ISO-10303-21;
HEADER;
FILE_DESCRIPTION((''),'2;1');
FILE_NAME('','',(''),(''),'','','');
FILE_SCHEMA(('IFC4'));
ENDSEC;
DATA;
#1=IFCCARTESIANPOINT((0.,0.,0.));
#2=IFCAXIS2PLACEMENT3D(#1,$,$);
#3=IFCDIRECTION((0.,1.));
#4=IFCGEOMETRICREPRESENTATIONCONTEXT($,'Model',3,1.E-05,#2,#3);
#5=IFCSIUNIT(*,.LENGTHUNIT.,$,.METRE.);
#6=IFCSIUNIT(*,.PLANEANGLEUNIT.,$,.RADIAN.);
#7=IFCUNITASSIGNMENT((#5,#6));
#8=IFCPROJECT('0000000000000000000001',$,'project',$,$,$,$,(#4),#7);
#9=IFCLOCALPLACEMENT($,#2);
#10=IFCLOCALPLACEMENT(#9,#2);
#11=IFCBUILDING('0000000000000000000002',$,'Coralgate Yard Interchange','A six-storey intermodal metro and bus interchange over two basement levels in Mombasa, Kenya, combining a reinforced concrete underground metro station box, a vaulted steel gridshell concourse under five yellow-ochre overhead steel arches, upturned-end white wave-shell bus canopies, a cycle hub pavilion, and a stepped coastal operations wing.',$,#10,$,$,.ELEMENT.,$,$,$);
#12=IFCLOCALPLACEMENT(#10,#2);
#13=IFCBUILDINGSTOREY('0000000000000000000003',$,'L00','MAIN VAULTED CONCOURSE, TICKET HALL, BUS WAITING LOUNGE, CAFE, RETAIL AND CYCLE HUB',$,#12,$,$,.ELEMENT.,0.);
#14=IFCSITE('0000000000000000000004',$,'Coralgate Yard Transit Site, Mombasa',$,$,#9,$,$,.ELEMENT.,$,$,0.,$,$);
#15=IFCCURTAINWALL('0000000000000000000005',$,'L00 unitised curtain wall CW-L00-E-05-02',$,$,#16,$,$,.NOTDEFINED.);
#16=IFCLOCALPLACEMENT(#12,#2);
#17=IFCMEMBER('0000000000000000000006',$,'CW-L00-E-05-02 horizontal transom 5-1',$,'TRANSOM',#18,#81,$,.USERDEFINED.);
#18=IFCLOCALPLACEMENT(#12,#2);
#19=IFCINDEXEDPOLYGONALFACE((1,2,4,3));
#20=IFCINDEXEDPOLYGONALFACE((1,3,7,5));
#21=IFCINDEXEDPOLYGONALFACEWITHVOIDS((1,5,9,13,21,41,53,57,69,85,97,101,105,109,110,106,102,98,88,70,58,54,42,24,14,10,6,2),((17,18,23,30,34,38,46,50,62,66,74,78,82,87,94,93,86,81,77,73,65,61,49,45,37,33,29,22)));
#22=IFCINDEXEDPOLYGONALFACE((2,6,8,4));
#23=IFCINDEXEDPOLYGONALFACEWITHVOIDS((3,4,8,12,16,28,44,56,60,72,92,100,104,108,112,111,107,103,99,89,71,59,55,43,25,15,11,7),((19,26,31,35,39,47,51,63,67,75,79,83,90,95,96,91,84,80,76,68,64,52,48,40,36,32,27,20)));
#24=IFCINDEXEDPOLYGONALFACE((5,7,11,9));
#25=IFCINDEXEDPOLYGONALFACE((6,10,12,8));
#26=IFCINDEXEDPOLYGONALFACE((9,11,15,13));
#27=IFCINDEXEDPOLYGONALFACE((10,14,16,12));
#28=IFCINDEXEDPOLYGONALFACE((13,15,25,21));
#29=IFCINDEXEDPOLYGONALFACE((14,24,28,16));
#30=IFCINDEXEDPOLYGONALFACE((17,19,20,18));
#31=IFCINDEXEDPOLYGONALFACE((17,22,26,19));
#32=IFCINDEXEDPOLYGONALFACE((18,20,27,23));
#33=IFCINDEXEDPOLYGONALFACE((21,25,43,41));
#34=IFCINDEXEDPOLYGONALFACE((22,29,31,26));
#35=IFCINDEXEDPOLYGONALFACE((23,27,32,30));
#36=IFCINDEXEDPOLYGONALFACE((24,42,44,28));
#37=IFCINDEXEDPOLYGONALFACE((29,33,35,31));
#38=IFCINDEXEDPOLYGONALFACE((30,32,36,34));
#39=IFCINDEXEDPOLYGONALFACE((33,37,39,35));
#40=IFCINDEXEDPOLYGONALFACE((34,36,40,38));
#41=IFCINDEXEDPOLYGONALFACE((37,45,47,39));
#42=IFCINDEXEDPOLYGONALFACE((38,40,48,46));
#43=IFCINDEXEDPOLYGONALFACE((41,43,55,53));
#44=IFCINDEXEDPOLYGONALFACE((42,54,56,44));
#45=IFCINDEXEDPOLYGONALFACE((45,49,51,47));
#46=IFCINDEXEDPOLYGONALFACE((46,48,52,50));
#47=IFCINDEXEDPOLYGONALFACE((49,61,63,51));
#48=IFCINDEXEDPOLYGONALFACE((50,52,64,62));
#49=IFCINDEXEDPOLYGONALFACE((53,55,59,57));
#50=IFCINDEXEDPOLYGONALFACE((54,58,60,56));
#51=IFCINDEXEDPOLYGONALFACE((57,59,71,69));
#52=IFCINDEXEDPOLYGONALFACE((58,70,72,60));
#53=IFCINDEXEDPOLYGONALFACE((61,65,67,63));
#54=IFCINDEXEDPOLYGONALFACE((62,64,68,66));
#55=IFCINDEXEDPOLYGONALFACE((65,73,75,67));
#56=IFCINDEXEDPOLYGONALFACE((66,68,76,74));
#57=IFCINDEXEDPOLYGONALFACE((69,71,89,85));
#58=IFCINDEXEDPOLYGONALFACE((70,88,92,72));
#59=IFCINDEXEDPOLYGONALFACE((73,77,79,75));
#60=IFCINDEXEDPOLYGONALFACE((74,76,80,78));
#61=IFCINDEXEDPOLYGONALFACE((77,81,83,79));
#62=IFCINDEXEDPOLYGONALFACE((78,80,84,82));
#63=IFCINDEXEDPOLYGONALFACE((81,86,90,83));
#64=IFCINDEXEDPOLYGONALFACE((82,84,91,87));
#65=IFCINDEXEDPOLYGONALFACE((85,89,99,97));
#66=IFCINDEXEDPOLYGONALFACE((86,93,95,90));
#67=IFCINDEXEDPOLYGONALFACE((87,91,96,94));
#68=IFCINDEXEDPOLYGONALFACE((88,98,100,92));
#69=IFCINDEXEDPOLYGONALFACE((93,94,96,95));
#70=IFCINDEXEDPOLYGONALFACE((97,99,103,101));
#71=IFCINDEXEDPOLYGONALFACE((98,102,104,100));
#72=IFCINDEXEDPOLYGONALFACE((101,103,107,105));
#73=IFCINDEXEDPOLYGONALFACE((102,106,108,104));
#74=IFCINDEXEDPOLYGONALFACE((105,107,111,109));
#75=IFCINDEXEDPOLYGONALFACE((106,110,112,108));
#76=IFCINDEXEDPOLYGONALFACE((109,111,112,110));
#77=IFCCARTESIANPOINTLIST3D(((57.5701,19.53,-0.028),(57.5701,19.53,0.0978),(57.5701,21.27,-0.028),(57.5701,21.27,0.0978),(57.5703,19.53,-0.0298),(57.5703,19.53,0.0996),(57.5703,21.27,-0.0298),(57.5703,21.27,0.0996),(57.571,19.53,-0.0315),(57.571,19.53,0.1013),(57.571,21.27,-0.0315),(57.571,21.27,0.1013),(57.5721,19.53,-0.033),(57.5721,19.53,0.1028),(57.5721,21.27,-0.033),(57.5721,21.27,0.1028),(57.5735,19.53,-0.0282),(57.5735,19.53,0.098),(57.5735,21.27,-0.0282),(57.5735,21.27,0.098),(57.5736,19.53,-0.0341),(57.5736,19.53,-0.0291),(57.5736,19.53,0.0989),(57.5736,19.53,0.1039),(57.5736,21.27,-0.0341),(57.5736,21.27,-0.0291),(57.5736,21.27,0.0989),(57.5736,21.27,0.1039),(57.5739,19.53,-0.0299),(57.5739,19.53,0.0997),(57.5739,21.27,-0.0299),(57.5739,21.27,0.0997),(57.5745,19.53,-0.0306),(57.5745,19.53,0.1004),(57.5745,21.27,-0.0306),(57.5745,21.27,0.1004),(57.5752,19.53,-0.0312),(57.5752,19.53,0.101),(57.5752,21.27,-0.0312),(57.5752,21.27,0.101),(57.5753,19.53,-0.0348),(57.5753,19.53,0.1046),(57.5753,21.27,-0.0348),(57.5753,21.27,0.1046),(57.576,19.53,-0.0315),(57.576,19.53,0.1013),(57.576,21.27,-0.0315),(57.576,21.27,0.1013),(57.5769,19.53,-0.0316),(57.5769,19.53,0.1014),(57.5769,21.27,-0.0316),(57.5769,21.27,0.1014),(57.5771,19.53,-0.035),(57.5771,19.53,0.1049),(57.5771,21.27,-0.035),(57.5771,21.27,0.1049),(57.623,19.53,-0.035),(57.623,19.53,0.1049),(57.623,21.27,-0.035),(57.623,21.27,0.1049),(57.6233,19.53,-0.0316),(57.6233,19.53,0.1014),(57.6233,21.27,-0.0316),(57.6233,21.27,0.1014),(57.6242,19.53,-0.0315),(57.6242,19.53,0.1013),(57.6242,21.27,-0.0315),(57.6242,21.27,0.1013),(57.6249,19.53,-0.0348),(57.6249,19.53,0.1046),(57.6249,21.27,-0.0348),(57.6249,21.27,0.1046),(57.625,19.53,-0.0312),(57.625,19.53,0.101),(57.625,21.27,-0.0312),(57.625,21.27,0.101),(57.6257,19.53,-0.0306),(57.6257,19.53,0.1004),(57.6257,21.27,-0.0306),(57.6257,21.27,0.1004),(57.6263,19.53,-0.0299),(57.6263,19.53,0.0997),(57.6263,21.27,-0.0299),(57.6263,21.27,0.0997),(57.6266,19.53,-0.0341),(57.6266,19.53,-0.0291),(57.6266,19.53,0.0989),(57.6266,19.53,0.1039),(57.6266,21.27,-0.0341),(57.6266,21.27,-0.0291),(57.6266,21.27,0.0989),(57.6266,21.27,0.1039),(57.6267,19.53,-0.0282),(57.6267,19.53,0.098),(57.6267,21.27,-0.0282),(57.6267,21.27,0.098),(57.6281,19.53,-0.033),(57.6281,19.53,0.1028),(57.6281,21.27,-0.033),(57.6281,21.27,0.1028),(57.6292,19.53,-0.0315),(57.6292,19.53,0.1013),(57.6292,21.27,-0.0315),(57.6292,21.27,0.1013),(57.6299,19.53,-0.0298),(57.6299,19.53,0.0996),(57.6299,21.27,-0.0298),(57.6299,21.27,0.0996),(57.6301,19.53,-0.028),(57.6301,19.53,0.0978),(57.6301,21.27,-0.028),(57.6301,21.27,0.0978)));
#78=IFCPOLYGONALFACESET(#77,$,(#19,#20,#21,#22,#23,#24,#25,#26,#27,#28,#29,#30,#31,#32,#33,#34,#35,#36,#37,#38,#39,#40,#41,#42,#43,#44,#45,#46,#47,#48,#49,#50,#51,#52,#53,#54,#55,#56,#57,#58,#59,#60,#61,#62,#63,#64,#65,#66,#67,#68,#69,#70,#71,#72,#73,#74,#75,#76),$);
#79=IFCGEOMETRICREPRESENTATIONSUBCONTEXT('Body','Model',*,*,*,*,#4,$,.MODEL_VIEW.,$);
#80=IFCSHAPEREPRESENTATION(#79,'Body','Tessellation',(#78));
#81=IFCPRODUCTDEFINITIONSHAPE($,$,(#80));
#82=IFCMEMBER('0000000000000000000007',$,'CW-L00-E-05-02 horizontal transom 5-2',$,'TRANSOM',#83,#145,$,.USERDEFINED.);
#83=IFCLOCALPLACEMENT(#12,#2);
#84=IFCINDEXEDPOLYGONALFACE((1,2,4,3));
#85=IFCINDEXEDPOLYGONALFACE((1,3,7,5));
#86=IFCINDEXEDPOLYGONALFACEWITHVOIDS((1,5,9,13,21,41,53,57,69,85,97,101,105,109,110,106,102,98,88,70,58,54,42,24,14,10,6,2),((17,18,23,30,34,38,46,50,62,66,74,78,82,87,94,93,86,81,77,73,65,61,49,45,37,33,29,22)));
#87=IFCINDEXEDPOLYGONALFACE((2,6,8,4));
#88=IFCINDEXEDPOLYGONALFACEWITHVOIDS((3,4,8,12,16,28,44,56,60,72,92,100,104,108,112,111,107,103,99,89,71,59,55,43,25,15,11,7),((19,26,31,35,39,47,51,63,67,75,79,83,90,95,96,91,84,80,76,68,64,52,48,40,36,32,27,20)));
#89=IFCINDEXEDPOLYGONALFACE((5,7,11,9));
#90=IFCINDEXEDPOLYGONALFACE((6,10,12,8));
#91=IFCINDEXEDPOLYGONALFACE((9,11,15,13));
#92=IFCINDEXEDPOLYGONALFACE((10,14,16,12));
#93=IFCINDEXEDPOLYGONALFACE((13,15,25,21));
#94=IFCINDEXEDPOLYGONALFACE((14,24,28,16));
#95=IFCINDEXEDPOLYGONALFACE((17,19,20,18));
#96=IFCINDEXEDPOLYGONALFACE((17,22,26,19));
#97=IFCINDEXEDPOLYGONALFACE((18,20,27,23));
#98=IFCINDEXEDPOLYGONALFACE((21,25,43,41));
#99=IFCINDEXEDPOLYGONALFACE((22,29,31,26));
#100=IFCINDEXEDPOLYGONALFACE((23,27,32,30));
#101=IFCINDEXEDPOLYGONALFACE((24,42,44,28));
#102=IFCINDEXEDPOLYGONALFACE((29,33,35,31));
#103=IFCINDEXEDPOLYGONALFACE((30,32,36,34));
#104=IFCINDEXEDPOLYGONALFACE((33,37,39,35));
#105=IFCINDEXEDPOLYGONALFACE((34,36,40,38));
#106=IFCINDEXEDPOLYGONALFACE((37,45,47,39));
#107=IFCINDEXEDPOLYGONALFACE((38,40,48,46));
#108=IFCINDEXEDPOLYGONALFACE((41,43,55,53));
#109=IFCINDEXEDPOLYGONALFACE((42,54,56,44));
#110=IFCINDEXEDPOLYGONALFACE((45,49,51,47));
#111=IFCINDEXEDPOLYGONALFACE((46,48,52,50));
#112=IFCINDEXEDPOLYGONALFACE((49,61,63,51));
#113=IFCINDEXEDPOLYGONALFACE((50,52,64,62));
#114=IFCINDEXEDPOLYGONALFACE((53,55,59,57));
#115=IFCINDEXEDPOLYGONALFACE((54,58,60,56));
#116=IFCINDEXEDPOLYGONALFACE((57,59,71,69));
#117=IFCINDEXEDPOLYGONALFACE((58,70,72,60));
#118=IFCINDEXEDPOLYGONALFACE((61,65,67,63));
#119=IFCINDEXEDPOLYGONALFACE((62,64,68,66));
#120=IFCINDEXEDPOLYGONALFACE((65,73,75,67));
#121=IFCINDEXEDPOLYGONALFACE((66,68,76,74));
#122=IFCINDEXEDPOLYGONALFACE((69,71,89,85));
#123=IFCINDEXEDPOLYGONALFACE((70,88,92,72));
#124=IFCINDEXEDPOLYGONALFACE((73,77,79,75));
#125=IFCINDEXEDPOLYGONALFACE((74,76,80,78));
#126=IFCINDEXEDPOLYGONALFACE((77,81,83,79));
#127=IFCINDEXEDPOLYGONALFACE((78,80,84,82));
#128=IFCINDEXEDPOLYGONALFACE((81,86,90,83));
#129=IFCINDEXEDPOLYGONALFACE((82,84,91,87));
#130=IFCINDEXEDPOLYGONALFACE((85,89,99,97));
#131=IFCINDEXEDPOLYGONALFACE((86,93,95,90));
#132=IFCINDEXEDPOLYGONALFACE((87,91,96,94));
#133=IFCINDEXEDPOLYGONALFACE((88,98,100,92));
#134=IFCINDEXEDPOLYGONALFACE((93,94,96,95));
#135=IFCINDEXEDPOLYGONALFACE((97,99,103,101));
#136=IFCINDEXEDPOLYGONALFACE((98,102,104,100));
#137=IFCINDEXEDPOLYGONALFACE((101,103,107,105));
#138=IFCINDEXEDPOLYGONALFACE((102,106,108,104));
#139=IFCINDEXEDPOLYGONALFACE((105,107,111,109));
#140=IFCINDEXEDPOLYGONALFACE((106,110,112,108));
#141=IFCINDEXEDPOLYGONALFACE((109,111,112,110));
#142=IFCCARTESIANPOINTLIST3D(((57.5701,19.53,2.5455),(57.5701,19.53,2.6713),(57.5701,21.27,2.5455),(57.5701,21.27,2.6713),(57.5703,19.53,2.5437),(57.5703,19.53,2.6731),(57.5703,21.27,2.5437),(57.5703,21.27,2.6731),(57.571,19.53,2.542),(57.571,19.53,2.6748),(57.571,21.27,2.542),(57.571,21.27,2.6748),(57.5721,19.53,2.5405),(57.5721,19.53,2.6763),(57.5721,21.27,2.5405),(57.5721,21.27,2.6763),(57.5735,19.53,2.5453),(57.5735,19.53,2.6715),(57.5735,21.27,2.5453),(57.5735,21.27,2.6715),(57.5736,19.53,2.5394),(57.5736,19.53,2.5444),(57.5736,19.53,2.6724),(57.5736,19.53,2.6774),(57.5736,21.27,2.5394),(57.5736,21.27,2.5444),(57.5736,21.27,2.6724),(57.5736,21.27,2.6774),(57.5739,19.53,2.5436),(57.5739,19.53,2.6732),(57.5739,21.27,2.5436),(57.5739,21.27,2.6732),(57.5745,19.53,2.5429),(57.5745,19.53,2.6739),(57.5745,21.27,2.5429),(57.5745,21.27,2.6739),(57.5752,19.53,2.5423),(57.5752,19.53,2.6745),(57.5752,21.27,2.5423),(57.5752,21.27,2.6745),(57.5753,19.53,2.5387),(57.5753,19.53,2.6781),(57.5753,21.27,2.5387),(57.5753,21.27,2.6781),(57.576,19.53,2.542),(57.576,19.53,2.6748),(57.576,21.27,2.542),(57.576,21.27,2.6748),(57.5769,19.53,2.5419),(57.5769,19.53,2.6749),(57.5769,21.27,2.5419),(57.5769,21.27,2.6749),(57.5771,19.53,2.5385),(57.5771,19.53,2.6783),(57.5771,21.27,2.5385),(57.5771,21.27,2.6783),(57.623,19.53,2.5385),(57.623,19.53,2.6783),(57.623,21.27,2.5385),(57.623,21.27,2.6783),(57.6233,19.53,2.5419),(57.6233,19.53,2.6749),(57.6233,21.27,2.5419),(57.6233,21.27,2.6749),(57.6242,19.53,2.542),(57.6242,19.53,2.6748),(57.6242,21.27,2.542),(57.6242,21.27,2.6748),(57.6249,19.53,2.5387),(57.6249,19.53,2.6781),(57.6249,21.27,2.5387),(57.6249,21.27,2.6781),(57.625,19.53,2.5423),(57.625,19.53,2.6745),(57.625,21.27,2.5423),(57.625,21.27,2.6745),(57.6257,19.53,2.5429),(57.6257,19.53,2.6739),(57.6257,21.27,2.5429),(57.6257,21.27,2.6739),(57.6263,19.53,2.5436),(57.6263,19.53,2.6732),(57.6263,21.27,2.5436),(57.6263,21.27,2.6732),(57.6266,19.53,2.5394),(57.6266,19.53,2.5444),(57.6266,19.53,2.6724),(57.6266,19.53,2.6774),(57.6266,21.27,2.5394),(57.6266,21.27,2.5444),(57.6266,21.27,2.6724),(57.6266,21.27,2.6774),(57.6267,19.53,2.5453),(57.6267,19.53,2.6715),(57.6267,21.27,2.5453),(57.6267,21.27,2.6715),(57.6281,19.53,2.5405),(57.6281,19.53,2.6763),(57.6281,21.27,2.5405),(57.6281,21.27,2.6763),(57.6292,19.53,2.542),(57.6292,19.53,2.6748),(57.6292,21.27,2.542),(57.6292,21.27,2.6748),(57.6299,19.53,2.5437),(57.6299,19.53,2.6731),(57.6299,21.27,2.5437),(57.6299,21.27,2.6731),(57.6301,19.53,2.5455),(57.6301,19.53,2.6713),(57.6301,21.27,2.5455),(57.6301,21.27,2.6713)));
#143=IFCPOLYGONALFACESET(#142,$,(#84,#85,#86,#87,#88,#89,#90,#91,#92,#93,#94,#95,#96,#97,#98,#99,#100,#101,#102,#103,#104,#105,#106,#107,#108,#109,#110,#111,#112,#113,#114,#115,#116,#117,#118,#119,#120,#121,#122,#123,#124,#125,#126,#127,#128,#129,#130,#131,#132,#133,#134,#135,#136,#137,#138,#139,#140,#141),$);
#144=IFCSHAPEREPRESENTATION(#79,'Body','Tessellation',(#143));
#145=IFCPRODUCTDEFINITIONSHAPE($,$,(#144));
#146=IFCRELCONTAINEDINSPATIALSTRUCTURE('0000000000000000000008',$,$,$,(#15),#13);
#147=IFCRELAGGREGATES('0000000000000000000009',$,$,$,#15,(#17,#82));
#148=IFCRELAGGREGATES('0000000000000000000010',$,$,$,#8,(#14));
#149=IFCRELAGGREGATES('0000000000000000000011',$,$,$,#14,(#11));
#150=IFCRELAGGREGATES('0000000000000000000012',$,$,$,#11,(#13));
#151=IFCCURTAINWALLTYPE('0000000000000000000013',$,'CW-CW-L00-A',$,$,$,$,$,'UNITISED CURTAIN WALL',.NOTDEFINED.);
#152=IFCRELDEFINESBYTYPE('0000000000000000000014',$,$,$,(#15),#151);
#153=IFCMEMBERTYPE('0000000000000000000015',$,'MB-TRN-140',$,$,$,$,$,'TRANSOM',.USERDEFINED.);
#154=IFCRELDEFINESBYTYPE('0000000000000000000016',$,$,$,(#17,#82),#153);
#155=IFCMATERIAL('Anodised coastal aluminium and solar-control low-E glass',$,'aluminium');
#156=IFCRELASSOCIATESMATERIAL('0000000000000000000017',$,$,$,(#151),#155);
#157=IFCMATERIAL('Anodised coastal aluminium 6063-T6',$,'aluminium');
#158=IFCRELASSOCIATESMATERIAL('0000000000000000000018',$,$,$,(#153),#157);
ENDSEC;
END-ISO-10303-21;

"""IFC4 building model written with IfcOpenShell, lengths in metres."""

from ifc_helpers import new_model, si_unit, direction, frame, origin, origin_2d, place, context, subcontext, project, spatial, hollow_rectangle, extrude, material, material_profile, profile_set, type_object, element, aggregate, save


model = new_model("IFC4")

# Units and contexts
model_context = context("Model", 3, precision=1e-05, world=origin(), true_north=direction((0.0, 1.0)))
body_context = subcontext(model_context, "Body", "Model", "MODEL_VIEW")
ifc_project = project(units=[si_unit("LENGTHUNIT", "METRE"), si_unit("PLANEANGLEUNIT", "RADIAN")], contexts=[model_context])

# Site, building, storey
site_placement = place(None, origin())
site = spatial("IfcSite", under=ifc_project, at=site_placement, Name="Coralgate Yard Transit Site, Mombasa", CompositionType="ELEMENT", RefElevation=0.0)
building_placement = place(site_placement, origin())
building = spatial("IfcBuilding", under=site, at=building_placement, Name="Coralgate Yard Interchange", Description="A six-storey intermodal metro and bus interchange over two basement levels in Mombasa, Kenya, combining a reinforced concrete underground metro station box, a vaulted steel gridshell concourse under five yellow-ochre overhead steel arches, upturned-end white wave-shell bus canopies, a cycle hub pavilion, and a stepped coastal operations wing.", CompositionType="ELEMENT")
storey_placement = place(building_placement, origin())
storey = spatial("IfcBuildingStorey", under=building, at=storey_placement, Name="L00", Description="MAIN VAULTED CONCOURSE, TICKET HALL, BUS WAITING LOUNGE, CAFE, RETAIL AND CYCLE HUB", CompositionType="ELEMENT", Elevation=0.0)

# Shared definitions
ifc_material_1 = material(Name="Anodised coastal aluminium and solar-control low-E glass", Category="aluminium")
ifc_material_2 = material(Name="Anodised coastal aluminium 6063-T6", Category="aluminium")

# Curtain wall, members
curtain_wall_type_1 = type_object("IfcCurtainWallType", Name="CW-CW-L00-A", ElementType="UNITISED CURTAIN WALL", PredefinedType="NOTDEFINED", material=ifc_material_1)
curtain_wall_1_placement = place(storey_placement, origin())
curtain_wall_1 = element("IfcCurtainWall", 1, at=curtain_wall_1_placement, inside=storey, type_object=curtain_wall_type_1, Name="L00 unitised curtain wall CW-L00-E-05-02", PredefinedType="NOTDEFINED")
ifc_material_profile_1 = material_profile(ifc_material_2, hollow_rectangle(XDim=0.0601, YDim=0.1399, WallThickness=0.0034, InnerFilletRadius=0.0034, OuterFilletRadius=0.0071, at=origin_2d()), Name="ALU 60x140x3.5")
ifc_profile_set_1 = profile_set([ifc_material_profile_1], Name="Anodised coastal aluminium 6063-T6")
member_type_1 = type_object("IfcMemberType", Name="MB-TRN-140", ElementType="TRANSOM", PredefinedType="USERDEFINED", material=ifc_profile_set_1)
member_1_placement = place(storey_placement, frame((57.6001, 21.27, 0.0349), z_axis=(0.0, -1.0, 0.0), x_axis=(1.0, 0.0, 0.0)))
member_1 = element("IfcMember", 2, at=member_1_placement, type_object=member_type_1, Name="CW-L00-E-05-02 horizontal transom 5-1", ObjectType="TRANSOM", PredefinedType="USERDEFINED", context=body_context, shape_type="SweptSolid", body=[
    extrude(hollow_rectangle(XDim=0.0601, YDim=0.1399, WallThickness=0.0034, InnerFilletRadius=0.0034, OuterFilletRadius=0.0071, at=origin_2d()), origin(), (0.0, 0.0, 1.0), 1.74),
])
member_2_placement = place(storey_placement, frame((57.6001, 21.27, 2.6084), z_axis=(0.0, -1.0, 0.0), x_axis=(1.0, 0.0, 0.0)))
member_2 = element("IfcMember", 3, at=member_2_placement, type_object=member_type_1, Name="CW-L00-E-05-02 horizontal transom 5-2", ObjectType="TRANSOM", PredefinedType="USERDEFINED", context=body_context, shape_type="SweptSolid", body=[
    extrude(hollow_rectangle(XDim=0.0601, YDim=0.1399, WallThickness=0.0034, InnerFilletRadius=0.0034, OuterFilletRadius=0.0071, at=origin_2d()), origin(), (0.0, 0.0, 1.0), 1.74),
])
aggregate(curtain_wall_1, [member_1, member_2])

save(model, "model.ifc")
